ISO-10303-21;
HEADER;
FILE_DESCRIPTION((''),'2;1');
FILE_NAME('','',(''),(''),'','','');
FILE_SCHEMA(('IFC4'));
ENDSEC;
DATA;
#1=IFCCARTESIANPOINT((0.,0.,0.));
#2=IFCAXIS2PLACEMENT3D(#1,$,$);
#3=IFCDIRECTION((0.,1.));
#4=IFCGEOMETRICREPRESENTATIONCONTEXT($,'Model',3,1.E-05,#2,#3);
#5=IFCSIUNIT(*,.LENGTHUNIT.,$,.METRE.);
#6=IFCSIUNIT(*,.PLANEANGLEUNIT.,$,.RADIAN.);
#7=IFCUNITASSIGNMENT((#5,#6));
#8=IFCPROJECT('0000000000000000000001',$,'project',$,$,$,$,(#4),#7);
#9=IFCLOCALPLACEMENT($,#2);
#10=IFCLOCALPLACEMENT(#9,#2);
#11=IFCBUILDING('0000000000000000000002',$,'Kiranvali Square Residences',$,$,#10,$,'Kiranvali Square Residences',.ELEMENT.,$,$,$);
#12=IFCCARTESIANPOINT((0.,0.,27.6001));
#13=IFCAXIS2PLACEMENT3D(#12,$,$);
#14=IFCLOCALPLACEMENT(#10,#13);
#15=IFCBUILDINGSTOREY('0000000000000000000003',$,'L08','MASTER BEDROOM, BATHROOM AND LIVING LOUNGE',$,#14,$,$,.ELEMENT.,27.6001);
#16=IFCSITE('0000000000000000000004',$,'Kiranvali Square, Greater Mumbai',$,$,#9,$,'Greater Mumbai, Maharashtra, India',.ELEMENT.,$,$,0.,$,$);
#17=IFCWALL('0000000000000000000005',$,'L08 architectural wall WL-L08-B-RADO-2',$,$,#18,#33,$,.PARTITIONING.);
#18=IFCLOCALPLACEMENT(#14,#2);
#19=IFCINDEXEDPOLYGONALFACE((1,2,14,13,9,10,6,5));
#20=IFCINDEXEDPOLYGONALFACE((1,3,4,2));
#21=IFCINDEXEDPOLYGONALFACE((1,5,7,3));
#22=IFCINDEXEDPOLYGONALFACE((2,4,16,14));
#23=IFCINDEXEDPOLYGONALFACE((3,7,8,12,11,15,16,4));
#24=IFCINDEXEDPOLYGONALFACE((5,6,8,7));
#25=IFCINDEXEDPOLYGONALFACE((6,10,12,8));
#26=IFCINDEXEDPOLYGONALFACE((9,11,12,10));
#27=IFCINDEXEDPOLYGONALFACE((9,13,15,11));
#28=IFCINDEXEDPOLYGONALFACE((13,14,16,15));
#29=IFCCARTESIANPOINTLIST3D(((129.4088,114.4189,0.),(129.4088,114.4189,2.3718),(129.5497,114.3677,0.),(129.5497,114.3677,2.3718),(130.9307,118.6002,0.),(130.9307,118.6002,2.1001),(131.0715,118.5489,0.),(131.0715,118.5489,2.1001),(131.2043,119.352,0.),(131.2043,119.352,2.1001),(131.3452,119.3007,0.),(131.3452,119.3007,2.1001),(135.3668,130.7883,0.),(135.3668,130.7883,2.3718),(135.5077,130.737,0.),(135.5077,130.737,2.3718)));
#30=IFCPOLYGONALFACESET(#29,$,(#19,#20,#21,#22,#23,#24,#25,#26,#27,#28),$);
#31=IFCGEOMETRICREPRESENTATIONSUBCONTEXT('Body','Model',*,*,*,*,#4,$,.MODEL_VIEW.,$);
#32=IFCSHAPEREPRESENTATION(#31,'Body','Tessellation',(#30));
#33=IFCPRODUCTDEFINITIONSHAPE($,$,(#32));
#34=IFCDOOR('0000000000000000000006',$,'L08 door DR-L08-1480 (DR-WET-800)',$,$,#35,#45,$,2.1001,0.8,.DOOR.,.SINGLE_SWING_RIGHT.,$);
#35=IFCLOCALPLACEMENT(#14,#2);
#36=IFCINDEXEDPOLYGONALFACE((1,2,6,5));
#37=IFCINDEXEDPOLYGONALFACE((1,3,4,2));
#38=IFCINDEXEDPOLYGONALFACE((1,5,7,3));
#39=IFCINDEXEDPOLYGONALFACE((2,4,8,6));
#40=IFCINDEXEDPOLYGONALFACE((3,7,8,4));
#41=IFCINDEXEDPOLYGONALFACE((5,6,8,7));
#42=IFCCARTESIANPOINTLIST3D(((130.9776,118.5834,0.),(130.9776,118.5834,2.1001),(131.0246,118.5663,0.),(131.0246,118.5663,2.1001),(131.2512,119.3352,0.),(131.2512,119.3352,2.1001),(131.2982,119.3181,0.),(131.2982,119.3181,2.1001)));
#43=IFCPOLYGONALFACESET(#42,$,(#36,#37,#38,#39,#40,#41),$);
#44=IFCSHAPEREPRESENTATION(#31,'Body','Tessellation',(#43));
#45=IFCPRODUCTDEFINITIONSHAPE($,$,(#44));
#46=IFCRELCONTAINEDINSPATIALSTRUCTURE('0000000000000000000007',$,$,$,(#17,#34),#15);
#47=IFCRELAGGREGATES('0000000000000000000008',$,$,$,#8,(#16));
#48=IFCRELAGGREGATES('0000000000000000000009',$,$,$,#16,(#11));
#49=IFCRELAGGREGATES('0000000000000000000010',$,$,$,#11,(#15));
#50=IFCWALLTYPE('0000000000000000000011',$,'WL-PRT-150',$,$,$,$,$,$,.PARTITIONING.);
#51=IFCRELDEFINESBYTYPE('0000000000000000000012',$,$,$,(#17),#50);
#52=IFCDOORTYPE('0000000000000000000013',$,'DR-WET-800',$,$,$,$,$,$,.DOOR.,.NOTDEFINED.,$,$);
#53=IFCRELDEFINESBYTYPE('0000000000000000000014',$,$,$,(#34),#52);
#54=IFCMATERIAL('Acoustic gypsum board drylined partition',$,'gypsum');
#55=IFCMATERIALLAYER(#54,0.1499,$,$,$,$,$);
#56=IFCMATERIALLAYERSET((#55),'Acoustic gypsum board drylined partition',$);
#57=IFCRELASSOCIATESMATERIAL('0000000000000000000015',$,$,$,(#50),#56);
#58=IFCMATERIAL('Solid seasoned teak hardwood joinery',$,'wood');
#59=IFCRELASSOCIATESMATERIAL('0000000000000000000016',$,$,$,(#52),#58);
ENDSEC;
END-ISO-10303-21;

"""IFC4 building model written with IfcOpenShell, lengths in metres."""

from ifc_helpers import new_model, si_unit, direction, frame, frame_2d, origin, place, context, subcontext, project, spatial, rectangle, extrude, material, layer, layer_set, type_object, element, fill, save


model = new_model("IFC4")

# Units and contexts
model_context = context("Model", 3, precision=1e-05, world=origin(), true_north=direction((0.0, 1.0)))
body_context = subcontext(model_context, "Body", "Model", "MODEL_VIEW")
ifc_project = project(units=[si_unit("LENGTHUNIT", "METRE"), si_unit("PLANEANGLEUNIT", "RADIAN")], contexts=[model_context])

# Site, building, storey
site_placement = place(None, origin())
site = spatial("IfcSite", under=ifc_project, at=site_placement, Name="Kiranvali Square, Greater Mumbai", LongName="Greater Mumbai, Maharashtra, India", CompositionType="ELEMENT", RefElevation=0.0)
building_placement = place(site_placement, origin())
building = spatial("IfcBuilding", under=site, at=building_placement, Name="Kiranvali Square Residences", LongName="Kiranvali Square Residences", CompositionType="ELEMENT")
storey_placement = place(building_placement, frame((0.0, 0.0, 27.6001)))
storey = spatial("IfcBuildingStorey", under=building, at=storey_placement, Name="L08", Description="MASTER BEDROOM, BATHROOM AND LIVING LOUNGE", CompositionType="ELEMENT", Elevation=27.6001)

# Wall, opening, door
ifc_material_1 = material(Name="Acoustic gypsum board drylined partition", Category="gypsum")
ifc_layer_1 = layer(ifc_material_1, 0.1499)
ifc_layer_set_1 = layer_set([ifc_layer_1], Name="Acoustic gypsum board drylined partition")
wall_type_1 = type_object("IfcWallType", Name="WL-PRT-150", PredefinedType="PARTITIONING", material=ifc_layer_set_1)
wall_1_placement = place(storey_placement, frame((129.4792, 114.3933, 0.0), z_axis=(0.0, 0.0, 1.0), x_axis=(0.342022, 0.939692, 0.0)))
wall_1 = element("IfcWall", 1, at=wall_1_placement, inside=storey, type_object=wall_type_1, Name="L08 architectural wall WL-L08-B-RADO-2", PredefinedType="PARTITIONING", context=body_context, shape_type="SweptSolid", body=[
    extrude(rectangle(XDim=17.4199, YDim=0.1499, at=frame_2d((8.71, 0.0))), origin(), (0.0, 0.0, 1.0), 2.3718),
])
opening_1_placement = place(wall_1_placement, frame((4.4497, 0.0, 0.0)))
opening_1 = element("IfcOpeningElement", 2, at=opening_1_placement, cuts=wall_1, PredefinedType="OPENING", context=body_context, shape_type="SweptSolid", body=[
    extrude(rectangle(XDim=0.8, YDim=2.1001, at=frame_2d((0.3999, 1.05))), frame((0.0, 0.085, 0.0), z_axis=(0.0, -1.0, 0.0), x_axis=(1.0, 0.0, 0.0)), (0.0, 0.0, 1.0), 0.1699),
])
ifc_material_2 = material(Name="Solid seasoned teak hardwood joinery", Category="wood")
door_type_1 = type_object("IfcDoorType", Name="DR-WET-800", OperationType="NOTDEFINED", PredefinedType="DOOR", material=ifc_material_2)
door_1_placement = place(opening_1_placement, frame((0.8, 0.0, 0.0), z_axis=(0.0, 0.0, 1.0), x_axis=(-1.0, 0.0, 0.0)))
door_1 = element("IfcDoor", 3, at=door_1_placement, inside=storey, type_object=door_type_1, Name="L08 door DR-L08-1480 (DR-WET-800)", OperationType="SINGLE_SWING_RIGHT", OverallHeight=2.1001, OverallWidth=0.8, PredefinedType="DOOR", context=body_context, shape_type="SweptSolid", body=[
    extrude(rectangle(XDim=0.8, YDim=2.1001, at=frame_2d((0.3999, 1.05))), frame((0.0, 0.0249, 0.0), z_axis=(0.0, -1.0, 0.0), x_axis=(1.0, 0.0, 0.0)), (0.0, 0.0, 1.0), 0.05),
])
fill(opening_1, door_1)

save(model, "model.ifc")
